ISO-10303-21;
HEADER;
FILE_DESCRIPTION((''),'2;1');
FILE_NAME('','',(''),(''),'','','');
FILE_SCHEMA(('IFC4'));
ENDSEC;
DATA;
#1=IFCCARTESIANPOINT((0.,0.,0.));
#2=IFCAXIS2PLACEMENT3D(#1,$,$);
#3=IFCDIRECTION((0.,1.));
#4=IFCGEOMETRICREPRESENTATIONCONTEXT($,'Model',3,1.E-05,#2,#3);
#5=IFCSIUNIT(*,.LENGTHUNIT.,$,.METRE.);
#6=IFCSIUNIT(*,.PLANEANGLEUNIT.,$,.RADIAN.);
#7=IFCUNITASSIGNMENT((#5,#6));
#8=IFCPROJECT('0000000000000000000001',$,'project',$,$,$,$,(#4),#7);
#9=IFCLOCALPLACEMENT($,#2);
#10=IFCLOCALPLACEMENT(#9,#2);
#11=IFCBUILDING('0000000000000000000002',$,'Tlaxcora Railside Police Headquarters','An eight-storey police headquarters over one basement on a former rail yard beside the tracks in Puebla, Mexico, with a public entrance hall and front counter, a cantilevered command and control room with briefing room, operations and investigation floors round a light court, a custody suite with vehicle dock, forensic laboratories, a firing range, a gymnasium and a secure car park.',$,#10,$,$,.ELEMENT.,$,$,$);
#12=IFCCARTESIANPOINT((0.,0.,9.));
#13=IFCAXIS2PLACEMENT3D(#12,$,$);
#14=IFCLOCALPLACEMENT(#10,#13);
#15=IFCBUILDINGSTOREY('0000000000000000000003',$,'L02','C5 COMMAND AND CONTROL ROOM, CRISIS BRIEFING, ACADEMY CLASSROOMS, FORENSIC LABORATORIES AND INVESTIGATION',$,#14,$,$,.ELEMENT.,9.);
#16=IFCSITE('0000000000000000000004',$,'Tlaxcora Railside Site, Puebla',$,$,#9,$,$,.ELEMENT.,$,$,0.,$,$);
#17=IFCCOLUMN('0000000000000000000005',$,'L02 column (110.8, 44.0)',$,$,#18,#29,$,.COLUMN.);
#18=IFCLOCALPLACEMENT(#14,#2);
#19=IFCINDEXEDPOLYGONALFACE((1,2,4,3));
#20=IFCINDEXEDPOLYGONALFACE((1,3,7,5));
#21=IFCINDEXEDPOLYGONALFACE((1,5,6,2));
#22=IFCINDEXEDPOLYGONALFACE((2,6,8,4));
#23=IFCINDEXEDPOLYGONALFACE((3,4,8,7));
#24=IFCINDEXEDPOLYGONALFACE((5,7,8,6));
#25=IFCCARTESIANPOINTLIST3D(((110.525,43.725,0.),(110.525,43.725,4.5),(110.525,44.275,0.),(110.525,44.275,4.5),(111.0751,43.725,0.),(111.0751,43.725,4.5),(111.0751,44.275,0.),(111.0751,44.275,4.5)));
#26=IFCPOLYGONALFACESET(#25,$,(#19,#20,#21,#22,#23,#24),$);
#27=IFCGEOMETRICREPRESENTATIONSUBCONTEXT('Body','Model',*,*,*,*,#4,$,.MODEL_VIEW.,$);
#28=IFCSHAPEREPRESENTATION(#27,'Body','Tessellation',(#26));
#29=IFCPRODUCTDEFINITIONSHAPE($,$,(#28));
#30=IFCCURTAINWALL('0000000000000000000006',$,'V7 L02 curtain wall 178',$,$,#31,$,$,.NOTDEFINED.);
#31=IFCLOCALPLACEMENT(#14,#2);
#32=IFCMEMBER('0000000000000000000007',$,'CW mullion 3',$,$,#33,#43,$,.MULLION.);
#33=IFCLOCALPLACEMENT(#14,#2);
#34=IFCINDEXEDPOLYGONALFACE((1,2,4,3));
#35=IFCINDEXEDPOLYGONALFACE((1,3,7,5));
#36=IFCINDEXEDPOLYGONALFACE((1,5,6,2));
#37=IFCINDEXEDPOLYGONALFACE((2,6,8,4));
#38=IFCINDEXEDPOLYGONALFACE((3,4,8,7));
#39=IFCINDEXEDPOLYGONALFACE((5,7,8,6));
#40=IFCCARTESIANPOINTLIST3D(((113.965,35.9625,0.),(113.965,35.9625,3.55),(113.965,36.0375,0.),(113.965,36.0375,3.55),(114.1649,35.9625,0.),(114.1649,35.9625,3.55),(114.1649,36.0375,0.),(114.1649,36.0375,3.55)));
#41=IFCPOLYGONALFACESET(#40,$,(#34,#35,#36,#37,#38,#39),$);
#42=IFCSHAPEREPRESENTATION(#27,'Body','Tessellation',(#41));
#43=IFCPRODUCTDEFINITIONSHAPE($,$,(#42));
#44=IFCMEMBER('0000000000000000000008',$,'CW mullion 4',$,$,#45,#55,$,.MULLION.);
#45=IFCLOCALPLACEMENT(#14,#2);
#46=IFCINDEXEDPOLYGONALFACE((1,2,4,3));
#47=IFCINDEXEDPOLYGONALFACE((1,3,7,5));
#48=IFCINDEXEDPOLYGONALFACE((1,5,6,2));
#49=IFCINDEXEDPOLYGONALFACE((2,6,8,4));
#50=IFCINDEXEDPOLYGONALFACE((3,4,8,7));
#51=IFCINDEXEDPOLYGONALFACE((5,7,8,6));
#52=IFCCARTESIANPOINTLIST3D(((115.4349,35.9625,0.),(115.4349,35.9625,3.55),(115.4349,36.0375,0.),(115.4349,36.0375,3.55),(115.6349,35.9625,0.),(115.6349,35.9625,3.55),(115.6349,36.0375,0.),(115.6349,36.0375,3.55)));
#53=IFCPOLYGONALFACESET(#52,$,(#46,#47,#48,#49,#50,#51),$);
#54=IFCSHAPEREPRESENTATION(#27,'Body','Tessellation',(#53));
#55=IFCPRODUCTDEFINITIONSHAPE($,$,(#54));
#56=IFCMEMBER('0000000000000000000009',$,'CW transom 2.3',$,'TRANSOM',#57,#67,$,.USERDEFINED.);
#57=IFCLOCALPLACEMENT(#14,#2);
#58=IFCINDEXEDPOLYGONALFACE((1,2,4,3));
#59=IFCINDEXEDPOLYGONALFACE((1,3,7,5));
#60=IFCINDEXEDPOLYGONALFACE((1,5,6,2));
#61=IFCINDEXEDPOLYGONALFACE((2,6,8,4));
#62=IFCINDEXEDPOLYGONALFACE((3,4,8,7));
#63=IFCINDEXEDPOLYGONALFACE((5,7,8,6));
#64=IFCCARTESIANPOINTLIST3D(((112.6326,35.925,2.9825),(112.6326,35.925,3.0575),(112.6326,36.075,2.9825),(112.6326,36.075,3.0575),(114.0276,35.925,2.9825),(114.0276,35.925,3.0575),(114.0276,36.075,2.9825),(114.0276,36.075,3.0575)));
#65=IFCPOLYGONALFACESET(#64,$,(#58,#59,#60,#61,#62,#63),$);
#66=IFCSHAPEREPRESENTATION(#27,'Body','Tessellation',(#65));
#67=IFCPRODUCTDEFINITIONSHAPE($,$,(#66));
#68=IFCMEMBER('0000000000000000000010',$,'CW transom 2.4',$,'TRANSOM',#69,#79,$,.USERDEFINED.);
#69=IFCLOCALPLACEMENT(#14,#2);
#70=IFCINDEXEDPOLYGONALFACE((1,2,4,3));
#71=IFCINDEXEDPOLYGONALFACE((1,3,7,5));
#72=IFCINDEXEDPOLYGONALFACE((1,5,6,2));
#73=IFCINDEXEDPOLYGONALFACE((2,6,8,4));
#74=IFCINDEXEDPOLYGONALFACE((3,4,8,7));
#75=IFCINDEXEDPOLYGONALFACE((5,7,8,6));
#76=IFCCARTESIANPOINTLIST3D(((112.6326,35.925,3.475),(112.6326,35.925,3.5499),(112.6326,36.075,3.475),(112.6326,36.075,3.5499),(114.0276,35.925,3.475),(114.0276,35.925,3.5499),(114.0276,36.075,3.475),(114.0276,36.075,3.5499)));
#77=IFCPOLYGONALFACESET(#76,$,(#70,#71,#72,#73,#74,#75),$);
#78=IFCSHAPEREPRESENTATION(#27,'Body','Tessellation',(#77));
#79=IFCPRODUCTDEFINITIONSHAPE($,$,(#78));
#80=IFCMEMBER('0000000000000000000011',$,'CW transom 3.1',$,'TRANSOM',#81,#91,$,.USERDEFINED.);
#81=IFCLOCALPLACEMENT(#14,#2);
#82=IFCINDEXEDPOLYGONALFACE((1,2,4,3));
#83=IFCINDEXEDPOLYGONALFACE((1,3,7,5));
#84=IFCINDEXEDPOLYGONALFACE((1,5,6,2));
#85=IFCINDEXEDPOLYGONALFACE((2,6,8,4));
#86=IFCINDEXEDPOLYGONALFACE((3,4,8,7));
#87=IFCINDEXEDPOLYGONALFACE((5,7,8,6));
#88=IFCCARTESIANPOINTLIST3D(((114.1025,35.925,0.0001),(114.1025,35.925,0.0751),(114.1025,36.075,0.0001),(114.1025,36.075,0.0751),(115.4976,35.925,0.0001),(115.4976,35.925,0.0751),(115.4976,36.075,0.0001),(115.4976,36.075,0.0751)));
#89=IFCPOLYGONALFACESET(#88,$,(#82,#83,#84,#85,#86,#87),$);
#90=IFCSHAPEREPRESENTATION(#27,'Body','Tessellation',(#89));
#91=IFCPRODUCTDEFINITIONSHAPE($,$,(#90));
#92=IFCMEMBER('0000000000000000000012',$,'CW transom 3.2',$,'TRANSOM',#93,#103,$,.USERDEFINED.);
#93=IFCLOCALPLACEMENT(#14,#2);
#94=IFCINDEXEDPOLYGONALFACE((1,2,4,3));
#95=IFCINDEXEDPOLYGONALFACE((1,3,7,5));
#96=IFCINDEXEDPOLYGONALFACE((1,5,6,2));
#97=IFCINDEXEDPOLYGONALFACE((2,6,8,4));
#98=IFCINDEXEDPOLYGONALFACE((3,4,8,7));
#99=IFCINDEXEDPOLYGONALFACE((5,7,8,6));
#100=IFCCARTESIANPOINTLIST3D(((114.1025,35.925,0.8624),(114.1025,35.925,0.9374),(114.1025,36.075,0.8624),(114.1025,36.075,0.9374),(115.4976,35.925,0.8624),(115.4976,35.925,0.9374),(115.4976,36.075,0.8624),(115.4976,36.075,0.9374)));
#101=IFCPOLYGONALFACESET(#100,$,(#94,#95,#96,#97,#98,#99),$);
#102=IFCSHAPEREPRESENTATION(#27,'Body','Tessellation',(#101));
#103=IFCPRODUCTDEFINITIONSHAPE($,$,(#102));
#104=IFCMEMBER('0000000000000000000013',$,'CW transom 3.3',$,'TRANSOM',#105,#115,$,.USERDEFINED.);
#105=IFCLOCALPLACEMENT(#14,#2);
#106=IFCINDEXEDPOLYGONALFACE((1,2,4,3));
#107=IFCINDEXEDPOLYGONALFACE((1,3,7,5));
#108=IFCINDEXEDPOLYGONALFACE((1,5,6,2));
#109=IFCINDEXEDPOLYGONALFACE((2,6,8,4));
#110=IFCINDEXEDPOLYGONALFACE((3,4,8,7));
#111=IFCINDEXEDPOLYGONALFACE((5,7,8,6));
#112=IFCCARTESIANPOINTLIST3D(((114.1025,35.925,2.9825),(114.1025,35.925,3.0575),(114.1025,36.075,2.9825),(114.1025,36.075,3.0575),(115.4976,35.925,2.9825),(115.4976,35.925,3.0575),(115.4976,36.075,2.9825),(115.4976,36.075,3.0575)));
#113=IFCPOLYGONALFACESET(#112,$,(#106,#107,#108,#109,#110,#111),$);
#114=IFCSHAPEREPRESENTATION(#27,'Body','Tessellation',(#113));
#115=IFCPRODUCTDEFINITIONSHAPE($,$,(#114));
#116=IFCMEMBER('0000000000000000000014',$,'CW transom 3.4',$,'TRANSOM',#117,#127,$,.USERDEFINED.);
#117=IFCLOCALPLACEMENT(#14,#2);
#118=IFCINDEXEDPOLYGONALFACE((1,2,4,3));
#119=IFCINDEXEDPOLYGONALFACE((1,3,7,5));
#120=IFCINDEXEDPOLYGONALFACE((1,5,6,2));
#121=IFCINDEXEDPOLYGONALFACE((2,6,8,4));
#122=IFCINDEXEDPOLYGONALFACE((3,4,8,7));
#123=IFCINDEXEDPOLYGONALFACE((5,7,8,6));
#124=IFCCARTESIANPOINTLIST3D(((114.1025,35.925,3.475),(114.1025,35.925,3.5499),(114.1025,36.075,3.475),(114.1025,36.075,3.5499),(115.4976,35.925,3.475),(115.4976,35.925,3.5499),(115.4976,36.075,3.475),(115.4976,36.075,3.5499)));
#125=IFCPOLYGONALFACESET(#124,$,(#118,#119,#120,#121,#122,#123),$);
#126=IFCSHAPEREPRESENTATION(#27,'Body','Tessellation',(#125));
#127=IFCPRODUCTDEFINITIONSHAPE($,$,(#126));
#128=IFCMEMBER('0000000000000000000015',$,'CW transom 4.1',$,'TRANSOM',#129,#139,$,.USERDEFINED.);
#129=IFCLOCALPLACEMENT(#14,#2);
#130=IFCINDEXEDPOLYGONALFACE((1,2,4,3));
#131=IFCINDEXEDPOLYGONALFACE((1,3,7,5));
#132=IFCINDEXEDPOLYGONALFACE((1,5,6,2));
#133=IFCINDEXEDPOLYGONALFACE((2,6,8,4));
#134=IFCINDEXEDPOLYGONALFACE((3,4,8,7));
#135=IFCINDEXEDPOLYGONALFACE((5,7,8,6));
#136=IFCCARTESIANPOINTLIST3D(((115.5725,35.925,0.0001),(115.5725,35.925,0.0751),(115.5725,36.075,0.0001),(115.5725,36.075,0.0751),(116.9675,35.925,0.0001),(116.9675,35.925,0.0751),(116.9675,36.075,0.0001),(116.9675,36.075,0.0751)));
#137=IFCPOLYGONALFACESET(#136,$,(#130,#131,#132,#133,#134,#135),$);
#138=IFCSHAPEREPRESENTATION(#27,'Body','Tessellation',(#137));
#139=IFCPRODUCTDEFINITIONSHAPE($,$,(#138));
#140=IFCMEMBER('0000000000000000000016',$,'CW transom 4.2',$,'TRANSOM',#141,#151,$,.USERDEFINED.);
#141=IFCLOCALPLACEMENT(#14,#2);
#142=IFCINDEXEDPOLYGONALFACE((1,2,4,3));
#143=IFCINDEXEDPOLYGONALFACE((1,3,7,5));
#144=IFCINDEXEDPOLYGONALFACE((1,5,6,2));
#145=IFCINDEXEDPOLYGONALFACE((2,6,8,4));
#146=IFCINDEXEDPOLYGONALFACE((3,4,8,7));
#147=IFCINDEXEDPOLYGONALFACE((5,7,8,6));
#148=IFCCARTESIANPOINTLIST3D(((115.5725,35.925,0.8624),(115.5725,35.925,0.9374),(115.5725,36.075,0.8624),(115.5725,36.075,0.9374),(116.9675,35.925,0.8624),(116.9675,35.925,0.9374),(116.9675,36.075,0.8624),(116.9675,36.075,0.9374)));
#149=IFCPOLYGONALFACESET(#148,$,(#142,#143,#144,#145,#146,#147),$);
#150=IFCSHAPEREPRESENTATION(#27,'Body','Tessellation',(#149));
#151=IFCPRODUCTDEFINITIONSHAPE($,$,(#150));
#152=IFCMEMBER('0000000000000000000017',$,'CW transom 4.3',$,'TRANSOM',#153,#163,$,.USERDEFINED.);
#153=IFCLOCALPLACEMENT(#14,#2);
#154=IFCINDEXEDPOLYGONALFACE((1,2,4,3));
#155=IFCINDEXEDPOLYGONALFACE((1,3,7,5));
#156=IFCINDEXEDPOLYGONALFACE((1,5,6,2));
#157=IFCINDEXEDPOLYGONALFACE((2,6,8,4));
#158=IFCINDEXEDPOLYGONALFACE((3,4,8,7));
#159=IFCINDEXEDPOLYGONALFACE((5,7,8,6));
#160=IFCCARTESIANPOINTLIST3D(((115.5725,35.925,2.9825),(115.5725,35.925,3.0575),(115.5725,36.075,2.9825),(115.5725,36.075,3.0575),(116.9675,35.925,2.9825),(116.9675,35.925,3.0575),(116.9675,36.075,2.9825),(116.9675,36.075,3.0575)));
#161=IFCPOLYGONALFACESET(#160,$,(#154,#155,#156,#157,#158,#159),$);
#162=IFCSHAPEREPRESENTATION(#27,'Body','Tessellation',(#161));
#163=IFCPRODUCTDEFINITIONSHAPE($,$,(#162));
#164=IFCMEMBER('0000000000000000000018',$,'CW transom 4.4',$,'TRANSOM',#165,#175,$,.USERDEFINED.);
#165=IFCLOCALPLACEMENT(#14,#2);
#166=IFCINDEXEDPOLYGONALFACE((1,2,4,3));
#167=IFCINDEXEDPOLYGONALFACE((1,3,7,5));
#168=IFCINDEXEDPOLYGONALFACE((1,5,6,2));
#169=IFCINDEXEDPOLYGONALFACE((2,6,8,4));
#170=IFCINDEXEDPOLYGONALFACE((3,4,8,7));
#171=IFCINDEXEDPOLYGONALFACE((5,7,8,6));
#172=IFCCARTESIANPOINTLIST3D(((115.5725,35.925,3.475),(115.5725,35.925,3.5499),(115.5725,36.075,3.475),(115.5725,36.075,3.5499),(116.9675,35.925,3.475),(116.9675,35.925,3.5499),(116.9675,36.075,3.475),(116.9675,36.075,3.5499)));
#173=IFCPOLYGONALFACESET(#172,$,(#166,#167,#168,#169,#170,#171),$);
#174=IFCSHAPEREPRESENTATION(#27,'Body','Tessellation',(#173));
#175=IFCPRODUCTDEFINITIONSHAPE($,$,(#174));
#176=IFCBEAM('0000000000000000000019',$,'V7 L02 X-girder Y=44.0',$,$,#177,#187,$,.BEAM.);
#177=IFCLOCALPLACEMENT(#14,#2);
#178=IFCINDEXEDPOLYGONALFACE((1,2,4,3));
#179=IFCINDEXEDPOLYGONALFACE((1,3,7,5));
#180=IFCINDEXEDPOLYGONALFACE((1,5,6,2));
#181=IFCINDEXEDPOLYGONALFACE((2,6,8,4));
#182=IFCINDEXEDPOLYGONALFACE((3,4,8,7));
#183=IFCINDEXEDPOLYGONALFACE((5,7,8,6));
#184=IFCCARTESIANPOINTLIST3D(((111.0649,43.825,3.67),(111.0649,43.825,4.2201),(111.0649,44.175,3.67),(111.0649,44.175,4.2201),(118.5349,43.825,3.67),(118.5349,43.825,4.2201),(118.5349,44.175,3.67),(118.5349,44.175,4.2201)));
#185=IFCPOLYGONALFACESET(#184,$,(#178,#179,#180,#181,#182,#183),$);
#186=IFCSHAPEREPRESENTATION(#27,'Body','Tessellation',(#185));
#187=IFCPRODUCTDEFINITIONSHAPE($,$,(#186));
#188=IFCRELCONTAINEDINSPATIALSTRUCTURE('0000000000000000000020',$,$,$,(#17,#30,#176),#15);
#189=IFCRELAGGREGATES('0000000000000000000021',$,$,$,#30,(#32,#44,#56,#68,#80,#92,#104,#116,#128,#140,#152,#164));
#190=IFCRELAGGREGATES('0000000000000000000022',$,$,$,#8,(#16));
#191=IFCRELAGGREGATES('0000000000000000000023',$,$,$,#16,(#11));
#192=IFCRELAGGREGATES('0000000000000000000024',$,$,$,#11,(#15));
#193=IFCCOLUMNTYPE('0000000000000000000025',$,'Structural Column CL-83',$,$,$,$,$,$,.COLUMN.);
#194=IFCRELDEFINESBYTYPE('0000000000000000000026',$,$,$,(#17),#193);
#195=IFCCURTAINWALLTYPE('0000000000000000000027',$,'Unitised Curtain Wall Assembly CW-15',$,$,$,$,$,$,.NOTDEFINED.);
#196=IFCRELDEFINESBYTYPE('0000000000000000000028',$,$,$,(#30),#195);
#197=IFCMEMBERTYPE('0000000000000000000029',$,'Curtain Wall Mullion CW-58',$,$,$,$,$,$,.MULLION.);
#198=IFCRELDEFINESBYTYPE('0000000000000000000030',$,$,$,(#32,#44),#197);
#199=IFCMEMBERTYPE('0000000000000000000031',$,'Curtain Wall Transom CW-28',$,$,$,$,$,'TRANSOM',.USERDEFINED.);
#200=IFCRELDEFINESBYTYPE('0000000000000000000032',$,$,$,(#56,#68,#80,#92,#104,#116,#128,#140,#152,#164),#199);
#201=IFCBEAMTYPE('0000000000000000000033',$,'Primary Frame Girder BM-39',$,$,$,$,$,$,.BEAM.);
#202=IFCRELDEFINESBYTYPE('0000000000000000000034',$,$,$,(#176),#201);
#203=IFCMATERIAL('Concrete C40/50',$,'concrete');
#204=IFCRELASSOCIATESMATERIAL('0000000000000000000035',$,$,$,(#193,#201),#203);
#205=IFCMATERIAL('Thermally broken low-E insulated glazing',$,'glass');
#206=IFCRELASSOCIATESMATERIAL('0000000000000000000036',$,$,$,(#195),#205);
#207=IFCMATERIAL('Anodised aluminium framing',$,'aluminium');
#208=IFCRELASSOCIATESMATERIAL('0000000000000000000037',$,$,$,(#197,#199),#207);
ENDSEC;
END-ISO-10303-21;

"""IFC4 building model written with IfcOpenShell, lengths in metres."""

from ifc_helpers import new_model, si_unit, direction, frame, origin, origin_2d, place, context, subcontext, project, spatial, rectangle, extrude, material, material_profile, profile_set, type_object, element, aggregate, save


model = new_model("IFC4")

# Units and contexts
model_context = context("Model", 3, precision=1e-05, world=origin(), true_north=direction((0.0, 1.0)))
body_context = subcontext(model_context, "Body", "Model", "MODEL_VIEW")
ifc_project = project(units=[si_unit("LENGTHUNIT", "METRE"), si_unit("PLANEANGLEUNIT", "RADIAN")], contexts=[model_context])

# Site, building, storey
site_placement = place(None, origin())
site = spatial("IfcSite", under=ifc_project, at=site_placement, Name="Tlaxcora Railside Site, Puebla", CompositionType="ELEMENT", RefElevation=0.0)
building_placement = place(site_placement, origin())
building = spatial("IfcBuilding", under=site, at=building_placement, Name="Tlaxcora Railside Police Headquarters", Description="An eight-storey police headquarters over one basement on a former rail yard beside the tracks in Puebla, Mexico, with a public entrance hall and front counter, a cantilevered command and control room with briefing room, operations and investigation floors round a light court, a custody suite with vehicle dock, forensic laboratories, a firing range, a gymnasium and a secure car park.", CompositionType="ELEMENT")
storey_placement = place(building_placement, frame((0.0, 0.0, 9.0)))
storey = spatial("IfcBuildingStorey", under=building, at=storey_placement, Name="L02", Description="C5 COMMAND AND CONTROL ROOM, CRISIS BRIEFING, ACADEMY CLASSROOMS, FORENSIC LABORATORIES AND INVESTIGATION", CompositionType="ELEMENT", Elevation=9.0)

# Column
ifc_material_1 = material(Name="Concrete C40/50", Category="concrete")
ifc_material_profile_1 = material_profile(ifc_material_1, rectangle(XDim=0.55, YDim=0.55, at=origin_2d()), Name="RC550X550")
ifc_profile_set_1 = profile_set([ifc_material_profile_1], Name="Concrete C40/50")
column_type = type_object("IfcColumnType", Name="Structural Column CL-83", PredefinedType="COLUMN", material=ifc_profile_set_1)
column_placement = place(storey_placement, frame((110.8, 44.0, 0.0), z_axis=(0.0, 0.0, 1.0), x_axis=(1.0, 0.0, 0.0)))
element("IfcColumn", 1, at=column_placement, inside=storey, type_object=column_type, Name="L02 column (110.8, 44.0)", PredefinedType="COLUMN", context=body_context, shape_type="SweptSolid", body=[
    extrude(rectangle(XDim=0.55, YDim=0.55, at=origin_2d()), origin(), (0.0, 0.0, 1.0), 4.5),
])

# Curtain wall, members
ifc_material_2 = material(Name="Thermally broken low-E insulated glazing", Category="glass")
curtain_wall_type = type_object("IfcCurtainWallType", Name="Unitised Curtain Wall Assembly CW-15", PredefinedType="NOTDEFINED", material=ifc_material_2)
curtain_wall_placement = place(storey_placement, origin())
curtain_wall = element("IfcCurtainWall", 2, at=curtain_wall_placement, inside=storey, type_object=curtain_wall_type, Name="V7 L02 curtain wall 178", PredefinedType="NOTDEFINED")
ifc_material_3 = material(Name="Anodised aluminium framing", Category="aluminium")
ifc_material_profile_2 = material_profile(ifc_material_3, rectangle(XDim=0.075, YDim=0.2, at=origin_2d()), Name="AL75X200")
ifc_profile_set_2 = profile_set([ifc_material_profile_2], Name="Anodised aluminium framing")
member_type_1 = type_object("IfcMemberType", Name="Curtain Wall Mullion CW-58", PredefinedType="MULLION", material=ifc_profile_set_2)
member_1_placement = place(storey_placement, frame((114.0649, 36.0, 0.0), z_axis=(0.0, 0.0, 1.0), x_axis=(0.0, 1.0, 0.0)))
member_1 = element("IfcMember", 3, at=member_1_placement, type_object=member_type_1, Name="CW mullion 3", PredefinedType="MULLION", context=body_context, shape_type="SweptSolid", body=[
    extrude(rectangle(XDim=0.075, YDim=0.2, at=origin_2d()), origin(), (0.0, 0.0, 1.0), 3.55),
])
member_2_placement = place(storey_placement, frame((115.5349, 36.0, 0.0), z_axis=(0.0, 0.0, 1.0), x_axis=(0.0, 1.0, 0.0)))
member_2 = element("IfcMember", 4, at=member_2_placement, type_object=member_type_1, Name="CW mullion 4", PredefinedType="MULLION", context=body_context, shape_type="SweptSolid", body=[
    extrude(rectangle(XDim=0.075, YDim=0.2, at=origin_2d()), origin(), (0.0, 0.0, 1.0), 3.55),
])
ifc_material_profile_3 = material_profile(ifc_material_3, rectangle(XDim=0.1499, YDim=0.075, at=origin_2d()), Name="AL75X150")
ifc_profile_set_3 = profile_set([ifc_material_profile_3], Name="Anodised aluminium framing")
member_type_2 = type_object("IfcMemberType", Name="Curtain Wall Transom CW-28", ElementType="TRANSOM", PredefinedType="USERDEFINED", material=ifc_profile_set_3)
member_3_placement = place(storey_placement, frame((112.6326, 36.0, 3.02), z_axis=(1.0, 0.0, 0.0), x_axis=(0.0, 1.0, 0.0)))
member_3 = element("IfcMember", 5, at=member_3_placement, type_object=member_type_2, Name="CW transom 2.3", ObjectType="TRANSOM", PredefinedType="USERDEFINED", context=body_context, shape_type="SweptSolid", body=[
    extrude(rectangle(XDim=0.1499, YDim=0.075, at=origin_2d()), origin(), (0.0, 0.0, 1.0), 1.395),
])
member_4_placement = place(storey_placement, frame((112.6326, 36.0, 3.5125), z_axis=(1.0, 0.0, 0.0), x_axis=(0.0, 1.0, 0.0)))
member_4 = element("IfcMember", 6, at=member_4_placement, type_object=member_type_2, Name="CW transom 2.4", ObjectType="TRANSOM", PredefinedType="USERDEFINED", context=body_context, shape_type="SweptSolid", body=[
    extrude(rectangle(XDim=0.1499, YDim=0.075, at=origin_2d()), origin(), (0.0, 0.0, 1.0), 1.395),
])
member_5_placement = place(storey_placement, frame((114.1025, 36.0, 0.0376), z_axis=(1.0, 0.0, 0.0), x_axis=(0.0, 1.0, 0.0)))
member_5 = element("IfcMember", 7, at=member_5_placement, type_object=member_type_2, Name="CW transom 3.1", ObjectType="TRANSOM", PredefinedType="USERDEFINED", context=body_context, shape_type="SweptSolid", body=[
    extrude(rectangle(XDim=0.1499, YDim=0.075, at=origin_2d()), origin(), (0.0, 0.0, 1.0), 1.395),
])
member_6_placement = place(storey_placement, frame((114.1025, 36.0, 0.8999), z_axis=(1.0, 0.0, 0.0), x_axis=(0.0, 1.0, 0.0)))
member_6 = element("IfcMember", 8, at=member_6_placement, type_object=member_type_2, Name="CW transom 3.2", ObjectType="TRANSOM", PredefinedType="USERDEFINED", context=body_context, shape_type="SweptSolid", body=[
    extrude(rectangle(XDim=0.1499, YDim=0.075, at=origin_2d()), origin(), (0.0, 0.0, 1.0), 1.395),
])
member_7_placement = place(storey_placement, frame((114.1025, 36.0, 3.02), z_axis=(1.0, 0.0, 0.0), x_axis=(0.0, 1.0, 0.0)))
member_7 = element("IfcMember", 9, at=member_7_placement, type_object=member_type_2, Name="CW transom 3.3", ObjectType="TRANSOM", PredefinedType="USERDEFINED", context=body_context, shape_type="SweptSolid", body=[
    extrude(rectangle(XDim=0.1499, YDim=0.075, at=origin_2d()), origin(), (0.0, 0.0, 1.0), 1.395),
])
member_8_placement = place(storey_placement, frame((114.1025, 36.0, 3.5125), z_axis=(1.0, 0.0, 0.0), x_axis=(0.0, 1.0, 0.0)))
member_8 = element("IfcMember", 10, at=member_8_placement, type_object=member_type_2, Name="CW transom 3.4", ObjectType="TRANSOM", PredefinedType="USERDEFINED", context=body_context, shape_type="SweptSolid", body=[
    extrude(rectangle(XDim=0.1499, YDim=0.075, at=origin_2d()), origin(), (0.0, 0.0, 1.0), 1.395),
])
member_9_placement = place(storey_placement, frame((115.5725, 36.0, 0.0376), z_axis=(1.0, 0.0, 0.0), x_axis=(0.0, 1.0, 0.0)))
member_9 = element("IfcMember", 11, at=member_9_placement, type_object=member_type_2, Name="CW transom 4.1", ObjectType="TRANSOM", PredefinedType="USERDEFINED", context=body_context, shape_type="SweptSolid", body=[
    extrude(rectangle(XDim=0.1499, YDim=0.075, at=origin_2d()), origin(), (0.0, 0.0, 1.0), 1.395),
])
member_10_placement = place(storey_placement, frame((115.5725, 36.0, 0.8999), z_axis=(1.0, 0.0, 0.0), x_axis=(0.0, 1.0, 0.0)))
member_10 = element("IfcMember", 12, at=member_10_placement, type_object=member_type_2, Name="CW transom 4.2", ObjectType="TRANSOM", PredefinedType="USERDEFINED", context=body_context, shape_type="SweptSolid", body=[
    extrude(rectangle(XDim=0.1499, YDim=0.075, at=origin_2d()), origin(), (0.0, 0.0, 1.0), 1.395),
])
member_11_placement = place(storey_placement, frame((115.5725, 36.0, 3.02), z_axis=(1.0, 0.0, 0.0), x_axis=(0.0, 1.0, 0.0)))
member_11 = element("IfcMember", 13, at=member_11_placement, type_object=member_type_2, Name="CW transom 4.3", ObjectType="TRANSOM", PredefinedType="USERDEFINED", context=body_context, shape_type="SweptSolid", body=[
    extrude(rectangle(XDim=0.1499, YDim=0.075, at=origin_2d()), origin(), (0.0, 0.0, 1.0), 1.395),
])
member_12_placement = place(storey_placement, frame((115.5725, 36.0, 3.5125), z_axis=(1.0, 0.0, 0.0), x_axis=(0.0, 1.0, 0.0)))
member_12 = element("IfcMember", 14, at=member_12_placement, type_object=member_type_2, Name="CW transom 4.4", ObjectType="TRANSOM", PredefinedType="USERDEFINED", context=body_context, shape_type="SweptSolid", body=[
    extrude(rectangle(XDim=0.1499, YDim=0.075, at=origin_2d()), origin(), (0.0, 0.0, 1.0), 1.395),
])

# Beam
ifc_material_profile_4 = material_profile(ifc_material_1, rectangle(XDim=0.3501, YDim=0.55, at=origin_2d()), Name="RC350X550")
ifc_profile_set_4 = profile_set([ifc_material_profile_4], Name="Concrete C40/50")
beam_type_1 = type_object("IfcBeamType", Name="Primary Frame Girder BM-39", PredefinedType="BEAM", material=ifc_profile_set_4)
beam_1_placement = place(storey_placement, frame((111.0649, 44.0, 3.9451), z_axis=(1.0, 0.0, 0.0), x_axis=(0.0, 1.0, 0.0)))
element("IfcBeam", 15, at=beam_1_placement, inside=storey, type_object=beam_type_1, Name="V7 L02 X-girder Y=44.0", PredefinedType="BEAM", context=body_context, shape_type="SweptSolid", body=[
    extrude(rectangle(XDim=0.3501, YDim=0.55, at=origin_2d()), origin(), (0.0, 0.0, 1.0), 7.47),
])

aggregate(curtain_wall, [member_1, member_2, member_3, member_4, member_5, member_6, member_7, member_8, member_9, member_10, member_11, member_12])

save(model, "model.ifc")
